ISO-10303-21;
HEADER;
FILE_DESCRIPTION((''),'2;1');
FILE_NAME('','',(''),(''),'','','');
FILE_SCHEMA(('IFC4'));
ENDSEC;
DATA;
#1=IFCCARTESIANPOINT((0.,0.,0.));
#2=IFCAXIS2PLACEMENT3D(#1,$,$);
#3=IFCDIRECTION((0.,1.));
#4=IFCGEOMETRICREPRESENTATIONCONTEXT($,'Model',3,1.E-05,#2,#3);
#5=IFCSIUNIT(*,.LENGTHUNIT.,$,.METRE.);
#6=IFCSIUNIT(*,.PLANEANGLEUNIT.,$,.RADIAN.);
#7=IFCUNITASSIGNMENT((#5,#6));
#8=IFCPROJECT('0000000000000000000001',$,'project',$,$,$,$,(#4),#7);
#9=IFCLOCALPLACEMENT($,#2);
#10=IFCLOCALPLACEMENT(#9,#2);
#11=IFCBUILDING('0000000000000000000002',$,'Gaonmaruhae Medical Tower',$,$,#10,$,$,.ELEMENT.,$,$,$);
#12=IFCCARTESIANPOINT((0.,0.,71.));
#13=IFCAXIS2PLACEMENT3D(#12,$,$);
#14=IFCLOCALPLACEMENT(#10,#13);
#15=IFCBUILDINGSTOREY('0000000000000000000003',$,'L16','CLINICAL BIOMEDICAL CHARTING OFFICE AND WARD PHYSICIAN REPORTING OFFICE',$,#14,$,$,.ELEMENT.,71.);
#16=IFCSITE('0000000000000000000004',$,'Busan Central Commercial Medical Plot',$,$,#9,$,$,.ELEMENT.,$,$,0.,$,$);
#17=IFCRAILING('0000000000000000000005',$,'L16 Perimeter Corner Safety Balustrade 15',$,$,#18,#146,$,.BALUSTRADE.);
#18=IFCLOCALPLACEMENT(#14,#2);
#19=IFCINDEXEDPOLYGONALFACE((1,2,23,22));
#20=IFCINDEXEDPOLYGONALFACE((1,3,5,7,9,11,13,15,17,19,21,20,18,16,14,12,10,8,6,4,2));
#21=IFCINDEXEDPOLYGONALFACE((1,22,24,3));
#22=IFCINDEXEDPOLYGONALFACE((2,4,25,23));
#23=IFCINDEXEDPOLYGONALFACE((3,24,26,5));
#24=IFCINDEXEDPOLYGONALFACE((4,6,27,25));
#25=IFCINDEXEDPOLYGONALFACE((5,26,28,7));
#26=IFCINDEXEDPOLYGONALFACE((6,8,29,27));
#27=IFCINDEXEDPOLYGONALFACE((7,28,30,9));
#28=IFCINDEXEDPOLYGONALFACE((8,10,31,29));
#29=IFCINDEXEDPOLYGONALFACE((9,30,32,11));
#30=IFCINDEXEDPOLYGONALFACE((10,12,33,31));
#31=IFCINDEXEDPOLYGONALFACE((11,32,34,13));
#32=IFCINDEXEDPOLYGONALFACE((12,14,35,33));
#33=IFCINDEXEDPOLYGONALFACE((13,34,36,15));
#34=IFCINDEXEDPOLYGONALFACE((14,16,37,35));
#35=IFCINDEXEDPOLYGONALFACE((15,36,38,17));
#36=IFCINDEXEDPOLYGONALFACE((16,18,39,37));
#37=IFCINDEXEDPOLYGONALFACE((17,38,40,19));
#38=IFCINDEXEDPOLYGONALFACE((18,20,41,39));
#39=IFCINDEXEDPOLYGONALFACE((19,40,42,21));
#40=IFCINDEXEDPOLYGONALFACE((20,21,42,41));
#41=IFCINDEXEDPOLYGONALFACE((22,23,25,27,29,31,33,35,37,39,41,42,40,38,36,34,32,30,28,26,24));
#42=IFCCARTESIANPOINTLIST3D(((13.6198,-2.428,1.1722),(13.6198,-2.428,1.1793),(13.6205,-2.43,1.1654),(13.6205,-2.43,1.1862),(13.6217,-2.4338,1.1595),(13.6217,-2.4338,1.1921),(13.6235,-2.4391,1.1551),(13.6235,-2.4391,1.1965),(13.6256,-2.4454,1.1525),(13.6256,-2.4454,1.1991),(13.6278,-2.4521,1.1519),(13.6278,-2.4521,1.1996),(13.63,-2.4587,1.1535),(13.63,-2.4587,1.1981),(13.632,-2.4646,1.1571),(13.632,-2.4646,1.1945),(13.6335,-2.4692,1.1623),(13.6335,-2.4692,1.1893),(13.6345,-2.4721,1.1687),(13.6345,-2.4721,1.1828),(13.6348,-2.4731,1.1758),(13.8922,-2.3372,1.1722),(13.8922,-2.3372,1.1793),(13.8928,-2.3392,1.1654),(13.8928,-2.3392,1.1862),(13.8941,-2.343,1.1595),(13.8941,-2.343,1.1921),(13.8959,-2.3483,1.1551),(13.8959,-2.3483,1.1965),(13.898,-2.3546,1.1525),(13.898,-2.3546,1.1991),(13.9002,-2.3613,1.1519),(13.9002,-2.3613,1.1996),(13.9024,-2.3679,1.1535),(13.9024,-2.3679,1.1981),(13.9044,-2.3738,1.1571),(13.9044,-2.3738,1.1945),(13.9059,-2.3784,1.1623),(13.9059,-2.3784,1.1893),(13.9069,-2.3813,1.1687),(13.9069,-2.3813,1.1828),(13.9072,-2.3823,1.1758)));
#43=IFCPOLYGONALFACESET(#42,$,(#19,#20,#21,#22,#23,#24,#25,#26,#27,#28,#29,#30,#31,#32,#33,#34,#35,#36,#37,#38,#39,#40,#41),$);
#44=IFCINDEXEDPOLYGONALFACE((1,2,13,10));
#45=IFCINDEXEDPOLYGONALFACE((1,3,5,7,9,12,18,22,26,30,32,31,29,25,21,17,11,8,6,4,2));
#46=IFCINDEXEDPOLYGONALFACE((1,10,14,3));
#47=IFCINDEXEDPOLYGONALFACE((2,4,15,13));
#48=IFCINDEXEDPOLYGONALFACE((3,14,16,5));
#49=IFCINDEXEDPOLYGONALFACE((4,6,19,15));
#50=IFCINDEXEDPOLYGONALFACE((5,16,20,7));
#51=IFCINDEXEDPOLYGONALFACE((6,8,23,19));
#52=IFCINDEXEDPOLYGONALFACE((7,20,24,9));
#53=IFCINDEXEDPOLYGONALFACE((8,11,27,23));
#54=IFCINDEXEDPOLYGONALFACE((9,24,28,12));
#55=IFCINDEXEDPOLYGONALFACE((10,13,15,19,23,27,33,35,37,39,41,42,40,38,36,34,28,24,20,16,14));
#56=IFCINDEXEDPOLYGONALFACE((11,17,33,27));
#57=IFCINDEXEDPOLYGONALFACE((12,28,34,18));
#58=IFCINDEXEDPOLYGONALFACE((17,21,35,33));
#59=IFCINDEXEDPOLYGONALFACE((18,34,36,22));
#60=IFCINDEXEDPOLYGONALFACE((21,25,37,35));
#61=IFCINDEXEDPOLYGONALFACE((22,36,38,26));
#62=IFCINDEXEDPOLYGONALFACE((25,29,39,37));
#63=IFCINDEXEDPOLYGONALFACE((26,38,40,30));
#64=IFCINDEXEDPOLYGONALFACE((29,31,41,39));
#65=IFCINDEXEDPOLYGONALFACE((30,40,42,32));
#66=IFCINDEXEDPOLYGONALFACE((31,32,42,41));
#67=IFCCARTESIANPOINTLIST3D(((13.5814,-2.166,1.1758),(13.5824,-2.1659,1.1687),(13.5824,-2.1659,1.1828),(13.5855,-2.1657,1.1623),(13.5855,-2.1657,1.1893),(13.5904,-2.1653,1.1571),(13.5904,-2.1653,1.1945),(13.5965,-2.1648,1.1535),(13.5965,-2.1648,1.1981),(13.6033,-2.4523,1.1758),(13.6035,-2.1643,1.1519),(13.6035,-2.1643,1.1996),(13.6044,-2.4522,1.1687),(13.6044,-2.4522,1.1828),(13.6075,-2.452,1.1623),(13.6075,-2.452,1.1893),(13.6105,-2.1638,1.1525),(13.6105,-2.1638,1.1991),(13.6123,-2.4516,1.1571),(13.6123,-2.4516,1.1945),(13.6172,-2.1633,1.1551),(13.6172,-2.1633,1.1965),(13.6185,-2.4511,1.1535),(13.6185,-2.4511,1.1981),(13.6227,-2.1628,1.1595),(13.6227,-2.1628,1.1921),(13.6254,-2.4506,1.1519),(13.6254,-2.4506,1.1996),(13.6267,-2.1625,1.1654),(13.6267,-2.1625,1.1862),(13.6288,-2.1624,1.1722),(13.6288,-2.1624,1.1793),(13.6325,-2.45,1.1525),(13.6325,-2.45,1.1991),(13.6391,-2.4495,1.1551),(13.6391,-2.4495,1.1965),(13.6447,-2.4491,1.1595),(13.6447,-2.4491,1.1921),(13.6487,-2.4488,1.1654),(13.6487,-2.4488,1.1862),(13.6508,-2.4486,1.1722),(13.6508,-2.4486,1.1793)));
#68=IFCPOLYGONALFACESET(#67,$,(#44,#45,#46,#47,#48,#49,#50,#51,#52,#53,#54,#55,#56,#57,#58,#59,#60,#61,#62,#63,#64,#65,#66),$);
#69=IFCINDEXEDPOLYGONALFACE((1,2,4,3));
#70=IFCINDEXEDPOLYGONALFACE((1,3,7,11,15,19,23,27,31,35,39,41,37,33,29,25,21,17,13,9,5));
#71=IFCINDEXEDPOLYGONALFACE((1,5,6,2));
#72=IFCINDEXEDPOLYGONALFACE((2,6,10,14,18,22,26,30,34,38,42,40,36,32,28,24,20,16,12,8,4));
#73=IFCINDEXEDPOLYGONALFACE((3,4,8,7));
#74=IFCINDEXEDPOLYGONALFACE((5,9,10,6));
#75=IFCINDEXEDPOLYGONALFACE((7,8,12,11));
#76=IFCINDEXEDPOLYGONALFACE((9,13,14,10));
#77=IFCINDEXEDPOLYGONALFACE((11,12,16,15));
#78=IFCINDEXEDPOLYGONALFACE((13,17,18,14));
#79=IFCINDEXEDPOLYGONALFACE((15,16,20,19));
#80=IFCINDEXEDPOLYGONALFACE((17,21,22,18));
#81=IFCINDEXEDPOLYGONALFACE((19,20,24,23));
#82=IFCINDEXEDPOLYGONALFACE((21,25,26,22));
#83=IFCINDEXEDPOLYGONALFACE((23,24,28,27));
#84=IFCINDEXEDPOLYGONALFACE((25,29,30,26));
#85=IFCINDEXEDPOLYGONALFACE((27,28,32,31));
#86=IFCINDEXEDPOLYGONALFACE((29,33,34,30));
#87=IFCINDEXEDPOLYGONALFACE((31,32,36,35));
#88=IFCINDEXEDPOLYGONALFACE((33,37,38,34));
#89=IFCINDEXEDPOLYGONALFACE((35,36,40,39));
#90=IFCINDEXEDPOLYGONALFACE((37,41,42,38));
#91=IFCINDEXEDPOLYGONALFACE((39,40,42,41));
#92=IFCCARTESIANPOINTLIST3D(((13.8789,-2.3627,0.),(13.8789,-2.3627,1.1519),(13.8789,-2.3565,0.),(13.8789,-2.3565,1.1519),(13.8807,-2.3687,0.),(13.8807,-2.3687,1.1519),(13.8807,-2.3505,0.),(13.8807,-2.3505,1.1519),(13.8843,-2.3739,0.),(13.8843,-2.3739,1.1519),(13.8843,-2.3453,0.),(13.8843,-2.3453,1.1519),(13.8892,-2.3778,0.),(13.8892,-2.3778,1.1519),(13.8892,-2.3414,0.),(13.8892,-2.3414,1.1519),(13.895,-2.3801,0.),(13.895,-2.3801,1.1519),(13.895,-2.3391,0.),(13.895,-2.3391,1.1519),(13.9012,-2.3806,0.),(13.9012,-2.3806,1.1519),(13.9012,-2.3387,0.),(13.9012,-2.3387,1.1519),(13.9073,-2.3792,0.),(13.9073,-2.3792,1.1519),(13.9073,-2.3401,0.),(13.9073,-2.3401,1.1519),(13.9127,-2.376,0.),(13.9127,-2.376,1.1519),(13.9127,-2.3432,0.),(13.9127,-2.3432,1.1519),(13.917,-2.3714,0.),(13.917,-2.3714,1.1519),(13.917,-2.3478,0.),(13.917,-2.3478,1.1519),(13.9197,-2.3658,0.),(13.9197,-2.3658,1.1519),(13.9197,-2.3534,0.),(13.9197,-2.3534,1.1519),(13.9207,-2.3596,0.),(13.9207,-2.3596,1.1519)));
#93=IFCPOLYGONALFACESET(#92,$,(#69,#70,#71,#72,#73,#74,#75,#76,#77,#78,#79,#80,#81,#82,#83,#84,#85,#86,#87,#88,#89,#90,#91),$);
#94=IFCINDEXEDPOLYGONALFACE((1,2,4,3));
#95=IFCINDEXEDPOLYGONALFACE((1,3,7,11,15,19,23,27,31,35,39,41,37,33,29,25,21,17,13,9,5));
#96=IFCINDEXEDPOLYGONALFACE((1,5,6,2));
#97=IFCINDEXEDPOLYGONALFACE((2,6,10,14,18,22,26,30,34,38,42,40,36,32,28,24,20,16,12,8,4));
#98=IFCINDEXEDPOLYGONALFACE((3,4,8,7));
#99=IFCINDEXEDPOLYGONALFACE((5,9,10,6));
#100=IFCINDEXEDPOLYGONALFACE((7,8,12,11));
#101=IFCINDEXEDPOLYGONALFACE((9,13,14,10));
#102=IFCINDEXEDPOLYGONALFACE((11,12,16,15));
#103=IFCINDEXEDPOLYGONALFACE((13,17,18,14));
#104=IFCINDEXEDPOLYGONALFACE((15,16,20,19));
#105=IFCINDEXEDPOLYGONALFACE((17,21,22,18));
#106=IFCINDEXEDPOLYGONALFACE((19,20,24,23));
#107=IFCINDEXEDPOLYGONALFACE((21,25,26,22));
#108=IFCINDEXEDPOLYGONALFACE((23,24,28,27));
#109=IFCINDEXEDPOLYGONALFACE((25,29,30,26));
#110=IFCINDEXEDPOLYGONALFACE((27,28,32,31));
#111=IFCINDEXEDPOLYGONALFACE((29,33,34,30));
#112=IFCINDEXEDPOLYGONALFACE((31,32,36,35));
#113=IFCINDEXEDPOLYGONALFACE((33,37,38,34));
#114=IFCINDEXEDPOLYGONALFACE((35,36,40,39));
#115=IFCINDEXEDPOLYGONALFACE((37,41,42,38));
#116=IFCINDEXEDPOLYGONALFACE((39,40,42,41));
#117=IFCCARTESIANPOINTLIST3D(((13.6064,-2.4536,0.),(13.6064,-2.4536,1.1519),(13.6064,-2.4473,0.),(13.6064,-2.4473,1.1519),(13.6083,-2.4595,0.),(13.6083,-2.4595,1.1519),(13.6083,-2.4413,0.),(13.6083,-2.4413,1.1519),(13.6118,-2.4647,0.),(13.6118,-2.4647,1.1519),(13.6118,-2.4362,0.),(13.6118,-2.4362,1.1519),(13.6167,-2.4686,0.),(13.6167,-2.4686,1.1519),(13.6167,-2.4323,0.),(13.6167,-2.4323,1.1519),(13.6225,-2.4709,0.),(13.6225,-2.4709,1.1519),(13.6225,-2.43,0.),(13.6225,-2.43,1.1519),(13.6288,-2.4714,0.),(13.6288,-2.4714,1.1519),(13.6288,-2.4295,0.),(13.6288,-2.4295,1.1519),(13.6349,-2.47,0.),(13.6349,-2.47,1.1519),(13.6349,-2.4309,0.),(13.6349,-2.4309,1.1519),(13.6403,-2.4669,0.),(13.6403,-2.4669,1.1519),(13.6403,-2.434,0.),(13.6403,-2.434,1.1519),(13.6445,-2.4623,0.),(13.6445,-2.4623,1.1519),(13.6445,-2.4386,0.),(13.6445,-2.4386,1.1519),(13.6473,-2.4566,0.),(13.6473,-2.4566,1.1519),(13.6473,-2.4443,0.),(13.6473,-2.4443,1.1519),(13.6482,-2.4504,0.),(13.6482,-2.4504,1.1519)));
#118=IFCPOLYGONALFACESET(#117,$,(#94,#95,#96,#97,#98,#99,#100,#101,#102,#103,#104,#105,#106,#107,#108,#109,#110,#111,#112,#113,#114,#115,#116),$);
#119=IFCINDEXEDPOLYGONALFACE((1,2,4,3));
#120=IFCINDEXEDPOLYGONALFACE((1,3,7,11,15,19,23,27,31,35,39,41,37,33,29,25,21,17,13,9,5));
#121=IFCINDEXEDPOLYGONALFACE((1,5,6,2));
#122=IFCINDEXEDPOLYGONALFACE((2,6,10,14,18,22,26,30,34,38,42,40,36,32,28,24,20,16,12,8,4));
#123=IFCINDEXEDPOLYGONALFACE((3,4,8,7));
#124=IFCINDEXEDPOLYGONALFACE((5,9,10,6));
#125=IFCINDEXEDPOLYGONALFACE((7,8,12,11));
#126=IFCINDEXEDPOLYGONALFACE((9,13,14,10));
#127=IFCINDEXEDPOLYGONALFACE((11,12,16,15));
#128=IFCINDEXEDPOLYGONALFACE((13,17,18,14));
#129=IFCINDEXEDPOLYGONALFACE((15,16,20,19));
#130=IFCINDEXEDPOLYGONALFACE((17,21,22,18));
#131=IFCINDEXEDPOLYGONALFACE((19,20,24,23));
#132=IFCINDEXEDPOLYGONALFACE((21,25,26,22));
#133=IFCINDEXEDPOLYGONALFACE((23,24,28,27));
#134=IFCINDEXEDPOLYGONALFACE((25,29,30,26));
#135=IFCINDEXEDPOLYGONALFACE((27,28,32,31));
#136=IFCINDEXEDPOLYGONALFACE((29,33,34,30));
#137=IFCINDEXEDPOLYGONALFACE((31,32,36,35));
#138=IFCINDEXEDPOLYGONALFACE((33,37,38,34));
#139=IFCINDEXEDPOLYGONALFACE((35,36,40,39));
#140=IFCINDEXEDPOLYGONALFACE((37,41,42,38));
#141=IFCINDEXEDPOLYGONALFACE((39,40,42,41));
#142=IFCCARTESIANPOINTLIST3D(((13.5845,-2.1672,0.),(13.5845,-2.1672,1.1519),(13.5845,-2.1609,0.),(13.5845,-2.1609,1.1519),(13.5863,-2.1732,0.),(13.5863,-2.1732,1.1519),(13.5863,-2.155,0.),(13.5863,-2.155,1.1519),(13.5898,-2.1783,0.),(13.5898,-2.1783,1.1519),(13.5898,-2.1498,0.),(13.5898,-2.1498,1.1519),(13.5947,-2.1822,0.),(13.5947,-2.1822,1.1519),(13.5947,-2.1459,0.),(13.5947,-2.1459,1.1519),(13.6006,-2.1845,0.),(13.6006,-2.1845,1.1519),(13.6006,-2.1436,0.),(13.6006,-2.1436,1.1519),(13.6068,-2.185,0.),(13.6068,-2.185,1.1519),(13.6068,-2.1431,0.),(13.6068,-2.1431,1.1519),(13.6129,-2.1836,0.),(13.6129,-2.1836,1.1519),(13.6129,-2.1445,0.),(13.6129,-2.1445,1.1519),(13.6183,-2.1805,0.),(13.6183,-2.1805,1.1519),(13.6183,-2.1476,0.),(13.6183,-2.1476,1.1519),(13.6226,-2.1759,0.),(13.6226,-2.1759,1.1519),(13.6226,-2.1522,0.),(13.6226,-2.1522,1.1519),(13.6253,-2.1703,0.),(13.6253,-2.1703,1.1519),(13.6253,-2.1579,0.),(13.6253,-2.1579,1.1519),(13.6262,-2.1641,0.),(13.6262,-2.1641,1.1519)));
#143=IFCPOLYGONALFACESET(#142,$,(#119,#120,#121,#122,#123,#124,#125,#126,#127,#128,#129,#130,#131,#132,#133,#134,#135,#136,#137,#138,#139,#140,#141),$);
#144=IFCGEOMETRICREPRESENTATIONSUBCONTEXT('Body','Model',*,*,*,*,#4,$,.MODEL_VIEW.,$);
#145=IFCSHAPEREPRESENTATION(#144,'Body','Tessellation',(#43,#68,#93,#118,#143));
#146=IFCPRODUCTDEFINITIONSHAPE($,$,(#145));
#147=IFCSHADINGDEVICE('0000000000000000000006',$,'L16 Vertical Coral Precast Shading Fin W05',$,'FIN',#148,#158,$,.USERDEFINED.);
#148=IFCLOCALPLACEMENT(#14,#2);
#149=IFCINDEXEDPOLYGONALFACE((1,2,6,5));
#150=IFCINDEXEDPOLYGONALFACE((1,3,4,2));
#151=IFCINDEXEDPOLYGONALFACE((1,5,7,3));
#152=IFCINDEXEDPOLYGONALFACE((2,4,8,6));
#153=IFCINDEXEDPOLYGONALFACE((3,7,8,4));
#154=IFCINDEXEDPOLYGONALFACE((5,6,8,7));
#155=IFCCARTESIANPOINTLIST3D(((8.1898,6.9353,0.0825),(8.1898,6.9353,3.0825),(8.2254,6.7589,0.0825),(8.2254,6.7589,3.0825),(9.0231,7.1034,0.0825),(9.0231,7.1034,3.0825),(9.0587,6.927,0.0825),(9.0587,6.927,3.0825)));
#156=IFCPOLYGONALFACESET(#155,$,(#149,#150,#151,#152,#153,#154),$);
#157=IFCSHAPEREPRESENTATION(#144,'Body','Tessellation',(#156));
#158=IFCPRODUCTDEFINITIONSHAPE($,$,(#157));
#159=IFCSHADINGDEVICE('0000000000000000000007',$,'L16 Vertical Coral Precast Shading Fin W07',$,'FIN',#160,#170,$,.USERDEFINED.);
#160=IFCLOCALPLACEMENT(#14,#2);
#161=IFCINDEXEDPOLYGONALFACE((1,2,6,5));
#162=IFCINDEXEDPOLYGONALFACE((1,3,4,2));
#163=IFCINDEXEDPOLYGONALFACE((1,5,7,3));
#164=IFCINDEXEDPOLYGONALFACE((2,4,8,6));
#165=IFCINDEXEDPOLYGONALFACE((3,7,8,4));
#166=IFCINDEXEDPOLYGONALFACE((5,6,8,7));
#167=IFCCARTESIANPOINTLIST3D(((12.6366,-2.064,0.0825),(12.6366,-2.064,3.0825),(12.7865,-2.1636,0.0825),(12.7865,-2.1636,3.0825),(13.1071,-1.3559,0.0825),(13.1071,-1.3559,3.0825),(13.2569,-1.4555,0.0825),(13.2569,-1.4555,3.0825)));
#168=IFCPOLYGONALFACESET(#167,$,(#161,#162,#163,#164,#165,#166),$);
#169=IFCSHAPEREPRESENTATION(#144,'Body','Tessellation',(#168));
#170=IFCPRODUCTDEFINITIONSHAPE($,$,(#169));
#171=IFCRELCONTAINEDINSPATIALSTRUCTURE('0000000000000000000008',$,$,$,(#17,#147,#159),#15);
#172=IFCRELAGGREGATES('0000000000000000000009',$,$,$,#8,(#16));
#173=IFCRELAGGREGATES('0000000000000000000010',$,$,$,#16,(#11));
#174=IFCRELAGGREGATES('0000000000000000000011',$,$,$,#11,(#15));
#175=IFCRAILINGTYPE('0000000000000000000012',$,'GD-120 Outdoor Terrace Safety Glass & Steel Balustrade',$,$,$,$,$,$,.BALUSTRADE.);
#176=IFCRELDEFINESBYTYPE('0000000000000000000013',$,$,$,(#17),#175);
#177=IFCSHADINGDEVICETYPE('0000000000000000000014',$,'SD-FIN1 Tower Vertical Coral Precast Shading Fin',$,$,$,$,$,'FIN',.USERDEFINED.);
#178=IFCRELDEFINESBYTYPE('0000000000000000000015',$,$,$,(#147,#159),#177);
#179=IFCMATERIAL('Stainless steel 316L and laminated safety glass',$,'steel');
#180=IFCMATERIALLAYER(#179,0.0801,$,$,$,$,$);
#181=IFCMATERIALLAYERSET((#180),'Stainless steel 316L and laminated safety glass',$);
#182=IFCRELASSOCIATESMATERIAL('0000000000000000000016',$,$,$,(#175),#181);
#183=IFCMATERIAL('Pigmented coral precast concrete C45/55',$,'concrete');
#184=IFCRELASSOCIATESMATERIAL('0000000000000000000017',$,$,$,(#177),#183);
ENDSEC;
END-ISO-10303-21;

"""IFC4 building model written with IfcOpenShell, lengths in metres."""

from ifc_helpers import new_model, si_unit, direction, frame, origin, origin_2d, place, context, subcontext, project, spatial, rectangle, circle, extrude, material, layer, layer_set, type_object, element, save


model = new_model("IFC4")

# Units and contexts
model_context = context("Model", 3, precision=1e-05, world=origin(), true_north=direction((0.0, 1.0)))
body_context = subcontext(model_context, "Body", "Model", "MODEL_VIEW")
ifc_project = project(units=[si_unit("LENGTHUNIT", "METRE"), si_unit("PLANEANGLEUNIT", "RADIAN")], contexts=[model_context])

# Site, building, storey
site_placement = place(None, origin())
site = spatial("IfcSite", under=ifc_project, at=site_placement, Name="Busan Central Commercial Medical Plot", CompositionType="ELEMENT", RefElevation=0.0)
building_placement = place(site_placement, origin())
building = spatial("IfcBuilding", under=site, at=building_placement, Name="Gaonmaruhae Medical Tower", CompositionType="ELEMENT")
storey_placement = place(building_placement, frame((0.0, 0.0, 71.0)))
storey = spatial("IfcBuildingStorey", under=building, at=storey_placement, Name="L16", Description="CLINICAL BIOMEDICAL CHARTING OFFICE AND WARD PHYSICIAN REPORTING OFFICE", CompositionType="ELEMENT", Elevation=71.0)

# Railing
ifc_material_1 = material(Name="Stainless steel 316L and laminated safety glass", Category="steel")
ifc_layer_1 = layer(ifc_material_1, 0.0801)
ifc_layer_set_1 = layer_set([ifc_layer_1], Name="Stainless steel 316L and laminated safety glass")
railing_type = type_object("IfcRailingType", Name="GD-120 Outdoor Terrace Safety Glass & Steel Balustrade", PredefinedType="BALUSTRADE", material=ifc_layer_set_1)
railing_1_placement = place(storey_placement, frame((13.8997, -2.3596, 0.0)))
element("IfcRailing", 1, at=railing_1_placement, inside=storey, type_object=railing_type, Name="L16 Perimeter Corner Safety Balustrade 15", PredefinedType="BALUSTRADE", context=body_context, shape_type="SweptSolid", body=[
    extrude(circle(Radius=0.0239, at=origin_2d()), frame((0.0, 0.0, 1.1758), z_axis=(-0.948683, -0.316228, 0.0), x_axis=(0.316228, -0.948683, 0.0)), (0.0, 0.0, 1.0), 0.2871),
    extrude(circle(Radius=0.0239, at=origin_2d()), frame((-0.2725, -0.0908, 1.1758), z_axis=(-0.076501, 0.997069, 0.0), x_axis=(-0.997069, -0.076501, 0.0)), (0.0, 0.0, 1.0), 0.2871),
    extrude(circle(Radius=0.021, at=origin_2d()), origin(), (0.0, 0.0, 1.0), 1.1519),
    extrude(circle(Radius=0.021, at=origin_2d()), frame((-0.2725, -0.0908, 0.0)), (0.0, 0.0, 1.0), 1.1519),
    extrude(circle(Radius=0.021, at=origin_2d()), frame((-0.2944, 0.1956, 0.0)), (0.0, 0.0, 1.0), 1.1519),
])

# Shading devices
ifc_material_2 = material(Name="Pigmented coral precast concrete C45/55", Category="concrete")
shading_device_type = type_object("IfcShadingDeviceType", Name="SD-FIN1 Tower Vertical Coral Precast Shading Fin", ElementType="FIN", PredefinedType="USERDEFINED", material=ifc_material_2)
for number, where, z_axis, x_axis, name in (
    (2, (8.6243, 6.9312, 0.0825), (0.0, 0.0, 1.0), (-0.197657, 0.980271, 0.0), "L16 Vertical Coral Precast Shading Fin W05"),
    (3, (12.9468, -1.7598, 0.0825), (0.0, 0.0, 1.0), (-0.832931, 0.553377, 0.0), "L16 Vertical Coral Precast Shading Fin W07"),
):
    element("IfcShadingDevice", number, at=place(storey_placement, frame(where, z_axis=z_axis, x_axis=x_axis)), inside=storey, type_object=shading_device_type, Name=name, ObjectType="FIN", PredefinedType="USERDEFINED", context=body_context, shape_type="SweptSolid", body=[
        extrude(rectangle(XDim=0.1799, YDim=0.8501, at=origin_2d()), origin(), (0.0, 0.0, 1.0), 3.0),
    ])

save(model, "model.ifc")
